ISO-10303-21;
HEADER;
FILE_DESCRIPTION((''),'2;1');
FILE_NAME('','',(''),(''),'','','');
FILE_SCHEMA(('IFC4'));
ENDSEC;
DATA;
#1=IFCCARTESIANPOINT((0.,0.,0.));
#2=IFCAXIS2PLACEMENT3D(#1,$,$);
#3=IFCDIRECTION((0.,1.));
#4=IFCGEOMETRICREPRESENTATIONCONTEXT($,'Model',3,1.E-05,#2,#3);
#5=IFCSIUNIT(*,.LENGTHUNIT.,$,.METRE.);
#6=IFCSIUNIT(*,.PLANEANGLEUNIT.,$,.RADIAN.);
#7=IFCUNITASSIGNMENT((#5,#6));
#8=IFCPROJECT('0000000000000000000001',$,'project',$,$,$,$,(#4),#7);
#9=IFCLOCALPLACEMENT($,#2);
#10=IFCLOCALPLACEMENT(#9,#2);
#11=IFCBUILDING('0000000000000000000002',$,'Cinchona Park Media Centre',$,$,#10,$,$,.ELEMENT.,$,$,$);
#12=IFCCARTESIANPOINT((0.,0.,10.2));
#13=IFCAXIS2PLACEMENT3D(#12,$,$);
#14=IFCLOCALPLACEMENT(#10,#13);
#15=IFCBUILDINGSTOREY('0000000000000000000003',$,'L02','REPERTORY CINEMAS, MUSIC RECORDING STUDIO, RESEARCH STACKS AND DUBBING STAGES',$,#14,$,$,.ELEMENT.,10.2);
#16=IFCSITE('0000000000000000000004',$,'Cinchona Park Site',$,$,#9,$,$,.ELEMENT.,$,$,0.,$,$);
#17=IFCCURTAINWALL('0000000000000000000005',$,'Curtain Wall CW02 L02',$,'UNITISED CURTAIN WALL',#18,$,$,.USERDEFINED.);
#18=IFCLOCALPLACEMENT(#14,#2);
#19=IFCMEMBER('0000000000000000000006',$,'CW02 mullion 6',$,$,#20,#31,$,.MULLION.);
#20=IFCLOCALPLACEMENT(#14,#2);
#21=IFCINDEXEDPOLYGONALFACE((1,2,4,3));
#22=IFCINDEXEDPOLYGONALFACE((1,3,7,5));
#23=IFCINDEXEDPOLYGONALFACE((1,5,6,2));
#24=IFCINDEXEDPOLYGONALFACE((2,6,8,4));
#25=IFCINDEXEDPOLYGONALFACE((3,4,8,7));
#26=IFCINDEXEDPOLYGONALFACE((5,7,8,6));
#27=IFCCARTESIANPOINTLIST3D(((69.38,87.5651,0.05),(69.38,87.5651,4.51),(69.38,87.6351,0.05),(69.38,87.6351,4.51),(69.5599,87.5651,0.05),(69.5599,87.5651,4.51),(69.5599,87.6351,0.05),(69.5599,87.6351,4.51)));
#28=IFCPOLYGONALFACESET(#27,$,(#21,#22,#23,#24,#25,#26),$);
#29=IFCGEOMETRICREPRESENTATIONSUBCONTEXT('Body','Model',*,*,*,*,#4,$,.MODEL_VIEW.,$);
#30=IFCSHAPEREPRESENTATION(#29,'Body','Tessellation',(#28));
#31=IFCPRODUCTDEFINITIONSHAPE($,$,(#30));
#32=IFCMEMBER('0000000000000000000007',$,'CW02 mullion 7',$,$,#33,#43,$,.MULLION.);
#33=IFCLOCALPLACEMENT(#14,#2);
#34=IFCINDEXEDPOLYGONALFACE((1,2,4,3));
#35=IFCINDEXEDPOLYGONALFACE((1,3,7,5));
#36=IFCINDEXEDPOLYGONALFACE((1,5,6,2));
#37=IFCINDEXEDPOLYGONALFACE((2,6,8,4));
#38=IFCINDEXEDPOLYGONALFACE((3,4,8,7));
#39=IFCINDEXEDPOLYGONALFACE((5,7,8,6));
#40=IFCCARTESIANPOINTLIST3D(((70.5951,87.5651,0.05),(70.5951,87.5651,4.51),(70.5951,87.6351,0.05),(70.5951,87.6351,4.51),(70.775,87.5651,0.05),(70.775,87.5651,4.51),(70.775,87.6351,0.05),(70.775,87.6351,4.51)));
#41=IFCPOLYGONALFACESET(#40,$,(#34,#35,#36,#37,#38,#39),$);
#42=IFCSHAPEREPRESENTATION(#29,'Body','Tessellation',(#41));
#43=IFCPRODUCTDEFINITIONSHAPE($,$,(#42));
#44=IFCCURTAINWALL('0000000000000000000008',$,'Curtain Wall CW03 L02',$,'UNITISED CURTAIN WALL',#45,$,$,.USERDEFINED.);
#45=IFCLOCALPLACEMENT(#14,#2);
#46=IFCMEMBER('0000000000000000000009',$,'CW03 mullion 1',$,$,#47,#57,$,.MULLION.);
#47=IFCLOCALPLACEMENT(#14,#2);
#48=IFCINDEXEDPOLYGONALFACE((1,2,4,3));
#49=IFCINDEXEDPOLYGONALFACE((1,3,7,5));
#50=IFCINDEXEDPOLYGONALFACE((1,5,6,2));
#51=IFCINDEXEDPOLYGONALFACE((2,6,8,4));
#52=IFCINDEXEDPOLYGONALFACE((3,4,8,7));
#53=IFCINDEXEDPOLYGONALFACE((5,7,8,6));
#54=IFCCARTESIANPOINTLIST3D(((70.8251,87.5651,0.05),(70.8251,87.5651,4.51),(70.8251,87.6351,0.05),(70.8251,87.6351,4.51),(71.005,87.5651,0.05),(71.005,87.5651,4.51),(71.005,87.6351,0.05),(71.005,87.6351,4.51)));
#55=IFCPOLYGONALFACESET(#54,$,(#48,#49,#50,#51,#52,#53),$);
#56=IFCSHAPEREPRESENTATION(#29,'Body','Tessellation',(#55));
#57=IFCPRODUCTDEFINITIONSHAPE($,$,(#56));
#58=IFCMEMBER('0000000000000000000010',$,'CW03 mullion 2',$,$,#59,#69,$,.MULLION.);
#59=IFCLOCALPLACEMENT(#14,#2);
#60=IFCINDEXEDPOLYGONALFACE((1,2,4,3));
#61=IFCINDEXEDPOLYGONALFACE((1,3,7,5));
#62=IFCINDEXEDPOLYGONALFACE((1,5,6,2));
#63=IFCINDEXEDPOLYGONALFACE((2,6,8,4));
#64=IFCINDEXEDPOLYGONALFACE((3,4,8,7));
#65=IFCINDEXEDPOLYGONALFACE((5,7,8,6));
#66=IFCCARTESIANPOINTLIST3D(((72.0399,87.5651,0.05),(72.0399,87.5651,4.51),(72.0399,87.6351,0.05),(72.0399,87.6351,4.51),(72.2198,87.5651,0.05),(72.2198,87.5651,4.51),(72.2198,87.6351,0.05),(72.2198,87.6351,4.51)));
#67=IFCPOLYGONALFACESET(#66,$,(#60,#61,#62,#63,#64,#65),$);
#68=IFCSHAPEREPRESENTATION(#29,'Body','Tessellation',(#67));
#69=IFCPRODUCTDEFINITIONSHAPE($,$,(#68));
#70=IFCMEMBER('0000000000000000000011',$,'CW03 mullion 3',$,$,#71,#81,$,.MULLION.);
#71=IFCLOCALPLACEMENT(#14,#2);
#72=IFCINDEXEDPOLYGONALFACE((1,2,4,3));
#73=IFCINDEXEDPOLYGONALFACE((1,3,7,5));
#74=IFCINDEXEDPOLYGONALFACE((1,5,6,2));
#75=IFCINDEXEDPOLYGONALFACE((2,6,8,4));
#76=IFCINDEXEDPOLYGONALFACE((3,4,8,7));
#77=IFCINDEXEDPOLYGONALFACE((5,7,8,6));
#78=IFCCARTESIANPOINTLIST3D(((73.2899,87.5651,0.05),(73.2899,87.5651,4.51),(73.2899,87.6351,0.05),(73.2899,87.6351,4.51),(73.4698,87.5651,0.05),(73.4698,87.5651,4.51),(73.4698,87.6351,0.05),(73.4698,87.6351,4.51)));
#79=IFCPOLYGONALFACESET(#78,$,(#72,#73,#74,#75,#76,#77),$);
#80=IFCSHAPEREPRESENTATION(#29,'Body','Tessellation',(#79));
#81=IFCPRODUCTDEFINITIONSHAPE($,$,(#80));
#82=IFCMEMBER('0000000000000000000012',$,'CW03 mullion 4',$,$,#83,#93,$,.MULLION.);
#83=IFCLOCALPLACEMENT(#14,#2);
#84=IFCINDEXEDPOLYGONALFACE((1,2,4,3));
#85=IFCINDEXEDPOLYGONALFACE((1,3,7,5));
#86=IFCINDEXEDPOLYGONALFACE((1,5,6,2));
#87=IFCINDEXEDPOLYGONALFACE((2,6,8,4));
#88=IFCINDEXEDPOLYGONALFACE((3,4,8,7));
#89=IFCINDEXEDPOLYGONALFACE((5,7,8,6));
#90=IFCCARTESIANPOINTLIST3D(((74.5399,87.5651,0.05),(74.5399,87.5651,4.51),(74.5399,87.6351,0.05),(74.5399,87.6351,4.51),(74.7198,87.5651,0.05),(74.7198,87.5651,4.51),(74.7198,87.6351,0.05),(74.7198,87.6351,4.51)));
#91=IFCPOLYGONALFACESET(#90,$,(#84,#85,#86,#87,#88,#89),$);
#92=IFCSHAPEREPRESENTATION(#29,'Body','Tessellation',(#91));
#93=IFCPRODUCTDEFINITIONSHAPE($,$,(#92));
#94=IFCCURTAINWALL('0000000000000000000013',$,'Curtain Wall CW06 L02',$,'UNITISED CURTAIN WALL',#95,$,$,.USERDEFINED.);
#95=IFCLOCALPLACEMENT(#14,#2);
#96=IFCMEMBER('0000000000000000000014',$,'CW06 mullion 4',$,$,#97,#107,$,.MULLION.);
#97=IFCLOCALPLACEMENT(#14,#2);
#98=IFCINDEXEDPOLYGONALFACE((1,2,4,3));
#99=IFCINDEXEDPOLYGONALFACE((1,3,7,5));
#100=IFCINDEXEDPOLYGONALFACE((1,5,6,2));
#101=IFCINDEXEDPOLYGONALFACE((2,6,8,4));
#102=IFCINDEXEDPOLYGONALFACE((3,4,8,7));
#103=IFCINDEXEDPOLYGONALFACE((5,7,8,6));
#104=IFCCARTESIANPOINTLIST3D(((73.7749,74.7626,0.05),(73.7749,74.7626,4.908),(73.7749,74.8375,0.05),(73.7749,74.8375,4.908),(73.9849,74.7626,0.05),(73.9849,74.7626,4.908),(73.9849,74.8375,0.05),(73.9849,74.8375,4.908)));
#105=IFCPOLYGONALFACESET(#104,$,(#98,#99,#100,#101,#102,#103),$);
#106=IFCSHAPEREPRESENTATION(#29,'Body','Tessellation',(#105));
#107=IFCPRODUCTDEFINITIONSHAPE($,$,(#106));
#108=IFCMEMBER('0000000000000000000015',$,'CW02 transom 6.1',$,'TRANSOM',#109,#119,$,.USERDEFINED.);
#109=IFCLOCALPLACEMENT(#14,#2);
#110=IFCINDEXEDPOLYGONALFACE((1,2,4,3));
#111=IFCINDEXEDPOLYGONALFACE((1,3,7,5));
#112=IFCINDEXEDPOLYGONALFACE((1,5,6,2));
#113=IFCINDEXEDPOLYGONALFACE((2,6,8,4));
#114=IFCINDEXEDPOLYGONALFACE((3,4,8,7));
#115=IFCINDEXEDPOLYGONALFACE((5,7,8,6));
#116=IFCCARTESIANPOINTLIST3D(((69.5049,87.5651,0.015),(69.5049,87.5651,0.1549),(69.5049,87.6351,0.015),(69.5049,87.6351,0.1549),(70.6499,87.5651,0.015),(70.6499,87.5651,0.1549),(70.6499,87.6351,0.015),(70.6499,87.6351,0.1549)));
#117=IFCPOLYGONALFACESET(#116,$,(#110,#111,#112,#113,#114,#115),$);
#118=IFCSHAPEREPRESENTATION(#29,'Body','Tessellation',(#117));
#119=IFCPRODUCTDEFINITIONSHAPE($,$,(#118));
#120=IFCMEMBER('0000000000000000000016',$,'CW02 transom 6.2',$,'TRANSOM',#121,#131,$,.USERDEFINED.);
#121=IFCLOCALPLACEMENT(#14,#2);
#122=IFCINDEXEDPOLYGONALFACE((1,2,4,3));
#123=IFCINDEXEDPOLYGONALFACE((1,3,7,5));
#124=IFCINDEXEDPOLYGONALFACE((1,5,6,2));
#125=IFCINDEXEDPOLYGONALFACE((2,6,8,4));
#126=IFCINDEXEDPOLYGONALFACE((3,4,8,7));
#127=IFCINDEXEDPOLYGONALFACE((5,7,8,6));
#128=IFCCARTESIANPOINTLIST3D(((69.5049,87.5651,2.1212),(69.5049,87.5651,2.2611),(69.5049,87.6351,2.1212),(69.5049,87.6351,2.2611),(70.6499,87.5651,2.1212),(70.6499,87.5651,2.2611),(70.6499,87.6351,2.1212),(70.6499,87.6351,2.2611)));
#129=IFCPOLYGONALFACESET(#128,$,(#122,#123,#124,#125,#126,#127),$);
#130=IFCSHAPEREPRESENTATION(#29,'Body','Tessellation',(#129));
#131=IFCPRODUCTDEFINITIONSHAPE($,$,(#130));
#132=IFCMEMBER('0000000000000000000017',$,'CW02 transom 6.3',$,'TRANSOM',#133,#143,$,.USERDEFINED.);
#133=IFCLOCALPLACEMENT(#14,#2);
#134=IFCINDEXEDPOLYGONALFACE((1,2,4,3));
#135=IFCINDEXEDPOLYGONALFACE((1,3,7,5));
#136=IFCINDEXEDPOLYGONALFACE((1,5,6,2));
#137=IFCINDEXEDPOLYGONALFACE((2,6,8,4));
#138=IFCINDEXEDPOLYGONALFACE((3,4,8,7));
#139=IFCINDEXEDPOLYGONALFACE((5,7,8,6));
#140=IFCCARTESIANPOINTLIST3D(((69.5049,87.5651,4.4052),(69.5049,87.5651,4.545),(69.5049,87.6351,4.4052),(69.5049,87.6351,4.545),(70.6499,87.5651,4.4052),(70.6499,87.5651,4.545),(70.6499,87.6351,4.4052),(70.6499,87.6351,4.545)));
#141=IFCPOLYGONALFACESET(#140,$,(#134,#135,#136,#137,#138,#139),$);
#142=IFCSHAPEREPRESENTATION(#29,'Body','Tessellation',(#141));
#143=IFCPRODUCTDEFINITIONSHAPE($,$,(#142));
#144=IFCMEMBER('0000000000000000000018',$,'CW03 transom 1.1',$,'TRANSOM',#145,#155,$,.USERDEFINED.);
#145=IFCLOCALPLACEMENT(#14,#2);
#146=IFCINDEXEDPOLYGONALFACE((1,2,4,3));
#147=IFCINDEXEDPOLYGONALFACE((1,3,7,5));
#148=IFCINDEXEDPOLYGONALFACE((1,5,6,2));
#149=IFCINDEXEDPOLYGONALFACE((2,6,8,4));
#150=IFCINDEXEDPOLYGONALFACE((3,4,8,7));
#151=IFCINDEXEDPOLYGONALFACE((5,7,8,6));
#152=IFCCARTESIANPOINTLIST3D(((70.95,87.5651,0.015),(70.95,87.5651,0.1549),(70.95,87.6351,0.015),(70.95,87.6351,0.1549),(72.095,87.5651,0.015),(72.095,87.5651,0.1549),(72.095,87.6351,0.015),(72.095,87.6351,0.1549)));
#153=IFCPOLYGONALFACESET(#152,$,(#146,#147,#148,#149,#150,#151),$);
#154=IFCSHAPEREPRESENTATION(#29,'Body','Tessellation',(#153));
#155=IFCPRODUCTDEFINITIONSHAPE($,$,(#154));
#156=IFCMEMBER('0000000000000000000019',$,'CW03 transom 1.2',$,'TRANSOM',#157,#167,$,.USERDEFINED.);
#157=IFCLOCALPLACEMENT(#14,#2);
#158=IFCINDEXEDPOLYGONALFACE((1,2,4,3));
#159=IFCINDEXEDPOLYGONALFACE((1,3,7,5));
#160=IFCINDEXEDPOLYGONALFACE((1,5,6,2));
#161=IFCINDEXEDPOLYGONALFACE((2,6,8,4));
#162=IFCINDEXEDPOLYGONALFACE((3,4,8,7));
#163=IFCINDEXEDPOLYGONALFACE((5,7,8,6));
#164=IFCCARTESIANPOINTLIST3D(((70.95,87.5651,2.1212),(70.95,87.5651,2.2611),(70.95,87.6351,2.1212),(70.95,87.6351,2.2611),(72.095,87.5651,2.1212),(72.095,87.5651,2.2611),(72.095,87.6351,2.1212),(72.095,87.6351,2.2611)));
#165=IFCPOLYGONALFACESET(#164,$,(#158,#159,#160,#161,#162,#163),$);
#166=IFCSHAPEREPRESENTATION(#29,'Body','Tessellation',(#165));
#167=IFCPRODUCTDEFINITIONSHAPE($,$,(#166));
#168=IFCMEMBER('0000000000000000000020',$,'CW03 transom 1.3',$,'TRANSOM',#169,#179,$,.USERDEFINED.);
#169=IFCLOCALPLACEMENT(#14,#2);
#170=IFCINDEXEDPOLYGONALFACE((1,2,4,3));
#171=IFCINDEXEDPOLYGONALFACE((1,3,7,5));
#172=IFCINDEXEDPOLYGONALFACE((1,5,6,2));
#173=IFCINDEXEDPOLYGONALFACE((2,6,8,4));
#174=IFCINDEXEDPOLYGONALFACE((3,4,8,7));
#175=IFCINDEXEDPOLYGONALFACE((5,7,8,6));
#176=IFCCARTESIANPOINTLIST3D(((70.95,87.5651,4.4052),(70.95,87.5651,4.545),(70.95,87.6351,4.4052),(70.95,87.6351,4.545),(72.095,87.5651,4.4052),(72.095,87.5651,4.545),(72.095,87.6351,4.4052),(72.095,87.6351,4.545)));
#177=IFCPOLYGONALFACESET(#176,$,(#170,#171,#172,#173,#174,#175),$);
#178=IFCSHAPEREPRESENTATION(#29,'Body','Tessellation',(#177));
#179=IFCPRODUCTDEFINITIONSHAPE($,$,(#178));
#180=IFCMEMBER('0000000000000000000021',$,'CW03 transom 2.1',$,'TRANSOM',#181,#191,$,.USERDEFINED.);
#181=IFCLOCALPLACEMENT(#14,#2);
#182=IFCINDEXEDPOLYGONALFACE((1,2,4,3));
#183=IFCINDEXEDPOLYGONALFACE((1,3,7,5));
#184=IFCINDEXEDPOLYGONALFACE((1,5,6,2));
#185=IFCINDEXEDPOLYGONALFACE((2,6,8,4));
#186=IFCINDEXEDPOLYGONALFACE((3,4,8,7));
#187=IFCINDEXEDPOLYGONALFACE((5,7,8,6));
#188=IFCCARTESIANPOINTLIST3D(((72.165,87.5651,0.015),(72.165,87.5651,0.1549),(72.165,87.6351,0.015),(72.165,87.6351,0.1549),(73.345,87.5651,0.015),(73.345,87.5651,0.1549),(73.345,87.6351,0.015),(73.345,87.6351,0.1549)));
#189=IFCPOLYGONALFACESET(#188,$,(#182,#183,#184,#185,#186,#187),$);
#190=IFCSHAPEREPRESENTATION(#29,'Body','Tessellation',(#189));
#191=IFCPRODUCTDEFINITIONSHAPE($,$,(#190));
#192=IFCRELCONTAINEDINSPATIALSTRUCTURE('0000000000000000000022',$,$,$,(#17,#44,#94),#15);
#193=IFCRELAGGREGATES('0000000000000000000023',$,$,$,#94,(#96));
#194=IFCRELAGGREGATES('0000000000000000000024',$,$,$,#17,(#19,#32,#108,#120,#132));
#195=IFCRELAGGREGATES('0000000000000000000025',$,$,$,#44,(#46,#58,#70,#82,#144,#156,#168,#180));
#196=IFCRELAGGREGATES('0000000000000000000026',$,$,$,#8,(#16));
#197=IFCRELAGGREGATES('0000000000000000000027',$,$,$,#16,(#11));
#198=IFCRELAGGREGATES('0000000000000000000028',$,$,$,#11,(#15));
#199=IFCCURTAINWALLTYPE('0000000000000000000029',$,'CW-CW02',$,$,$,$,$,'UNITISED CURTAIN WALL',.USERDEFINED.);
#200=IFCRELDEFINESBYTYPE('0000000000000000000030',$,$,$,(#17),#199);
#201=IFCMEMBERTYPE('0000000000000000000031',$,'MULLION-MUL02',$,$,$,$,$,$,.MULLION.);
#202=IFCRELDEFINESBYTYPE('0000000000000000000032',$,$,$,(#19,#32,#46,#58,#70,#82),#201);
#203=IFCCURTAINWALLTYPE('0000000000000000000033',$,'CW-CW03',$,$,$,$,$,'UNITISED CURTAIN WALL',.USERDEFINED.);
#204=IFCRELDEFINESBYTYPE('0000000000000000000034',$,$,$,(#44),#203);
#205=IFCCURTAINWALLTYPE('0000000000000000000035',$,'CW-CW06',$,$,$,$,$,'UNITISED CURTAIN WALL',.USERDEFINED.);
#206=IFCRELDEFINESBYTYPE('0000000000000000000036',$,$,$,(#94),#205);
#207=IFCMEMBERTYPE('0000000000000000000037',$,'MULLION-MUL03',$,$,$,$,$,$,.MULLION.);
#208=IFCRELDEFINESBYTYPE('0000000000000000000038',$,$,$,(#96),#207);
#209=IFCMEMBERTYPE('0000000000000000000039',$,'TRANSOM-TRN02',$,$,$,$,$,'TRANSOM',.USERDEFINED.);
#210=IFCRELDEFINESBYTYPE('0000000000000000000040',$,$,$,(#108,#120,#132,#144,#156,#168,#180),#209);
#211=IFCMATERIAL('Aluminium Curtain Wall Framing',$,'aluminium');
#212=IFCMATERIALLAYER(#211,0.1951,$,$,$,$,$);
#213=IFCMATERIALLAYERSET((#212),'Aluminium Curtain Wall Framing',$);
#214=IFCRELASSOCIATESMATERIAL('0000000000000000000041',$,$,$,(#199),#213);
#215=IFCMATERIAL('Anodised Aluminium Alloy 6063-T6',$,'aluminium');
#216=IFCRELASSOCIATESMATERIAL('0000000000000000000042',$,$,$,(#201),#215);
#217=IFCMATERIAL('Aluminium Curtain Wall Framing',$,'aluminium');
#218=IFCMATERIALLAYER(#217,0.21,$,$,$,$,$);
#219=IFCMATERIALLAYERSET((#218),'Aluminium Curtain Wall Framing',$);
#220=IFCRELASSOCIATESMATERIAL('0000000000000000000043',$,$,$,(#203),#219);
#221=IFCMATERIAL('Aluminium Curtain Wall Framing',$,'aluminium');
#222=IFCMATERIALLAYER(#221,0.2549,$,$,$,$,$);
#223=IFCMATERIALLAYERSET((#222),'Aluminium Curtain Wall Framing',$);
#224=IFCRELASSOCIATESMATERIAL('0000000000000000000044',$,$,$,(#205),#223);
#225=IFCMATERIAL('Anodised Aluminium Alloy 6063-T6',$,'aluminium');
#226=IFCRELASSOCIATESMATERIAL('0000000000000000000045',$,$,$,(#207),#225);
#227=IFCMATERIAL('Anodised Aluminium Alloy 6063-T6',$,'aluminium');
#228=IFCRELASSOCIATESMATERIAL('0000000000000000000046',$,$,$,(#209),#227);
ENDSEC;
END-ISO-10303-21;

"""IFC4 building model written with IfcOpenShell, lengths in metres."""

from ifc_helpers import new_model, si_unit, direction, frame, origin, origin_2d, place, context, subcontext, project, spatial, rectangle, extrude, material, layer, layer_set, material_profile, profile_set, type_object, element, aggregate, save


model = new_model("IFC4")

# Units and contexts
model_context = context("Model", 3, precision=1e-05, world=origin(), true_north=direction((0.0, 1.0)))
body_context = subcontext(model_context, "Body", "Model", "MODEL_VIEW")
ifc_project = project(units=[si_unit("LENGTHUNIT", "METRE"), si_unit("PLANEANGLEUNIT", "RADIAN")], contexts=[model_context])

# Site, building, storey
site_placement = place(None, origin())
site = spatial("IfcSite", under=ifc_project, at=site_placement, Name="Cinchona Park Site", CompositionType="ELEMENT", RefElevation=0.0)
building_placement = place(site_placement, origin())
building = spatial("IfcBuilding", under=site, at=building_placement, Name="Cinchona Park Media Centre", CompositionType="ELEMENT")
storey_placement = place(building_placement, frame((0.0, 0.0, 10.2)))
storey = spatial("IfcBuildingStorey", under=building, at=storey_placement, Name="L02", Description="REPERTORY CINEMAS, MUSIC RECORDING STUDIO, RESEARCH STACKS AND DUBBING STAGES", CompositionType="ELEMENT", Elevation=10.2)

# Curtain walls, members
ifc_material_1 = material(Name="Aluminium Curtain Wall Framing", Category="aluminium")
ifc_layer_1 = layer(ifc_material_1, 0.1951)
ifc_layer_set_1 = layer_set([ifc_layer_1], Name="Aluminium Curtain Wall Framing")
curtain_wall_type_1 = type_object("IfcCurtainWallType", Name="CW-CW02", ElementType="UNITISED CURTAIN WALL", PredefinedType="USERDEFINED", material=ifc_layer_set_1)
curtain_wall_1_placement = place(storey_placement, origin())
curtain_wall_1 = element("IfcCurtainWall", 1, at=curtain_wall_1_placement, inside=storey, type_object=curtain_wall_type_1, Name="Curtain Wall CW02 L02", ObjectType="UNITISED CURTAIN WALL", PredefinedType="USERDEFINED")
ifc_material_2 = material(Name="Anodised Aluminium Alloy 6063-T6", Category="aluminium")
ifc_material_profile_1 = material_profile(ifc_material_2, rectangle(XDim=0.0701, YDim=0.1799, at=origin_2d()), Name="MUL-70X180")
ifc_profile_set_1 = profile_set([ifc_material_profile_1], Name="Anodised Aluminium Alloy 6063-T6")
member_type_1 = type_object("IfcMemberType", Name="MULLION-MUL02", PredefinedType="MULLION", material=ifc_profile_set_1)
member_1_placement = place(storey_placement, frame((69.47, 87.6001, 0.05), z_axis=(0.0, 0.0, 1.0), x_axis=(0.0, 1.0, 0.0)))
member_1 = element("IfcMember", 2, at=member_1_placement, type_object=member_type_1, Name="CW02 mullion 6", PredefinedType="MULLION", context=body_context, shape_type="SweptSolid", body=[
    extrude(rectangle(XDim=0.0701, YDim=0.1799, at=origin_2d()), origin(), (0.0, 0.0, 1.0), 4.46),
])
member_2_placement = place(storey_placement, frame((70.6851, 87.6001, 0.05), z_axis=(0.0, 0.0, 1.0), x_axis=(0.0, 1.0, 0.0)))
member_2 = element("IfcMember", 3, at=member_2_placement, type_object=member_type_1, Name="CW02 mullion 7", PredefinedType="MULLION", context=body_context, shape_type="SweptSolid", body=[
    extrude(rectangle(XDim=0.0701, YDim=0.1799, at=origin_2d()), origin(), (0.0, 0.0, 1.0), 4.46),
])
ifc_material_3 = material(Name="Aluminium Curtain Wall Framing", Category="aluminium")
ifc_layer_2 = layer(ifc_material_3, 0.21)
ifc_layer_set_2 = layer_set([ifc_layer_2], Name="Aluminium Curtain Wall Framing")
curtain_wall_type_2 = type_object("IfcCurtainWallType", Name="CW-CW03", ElementType="UNITISED CURTAIN WALL", PredefinedType="USERDEFINED", material=ifc_layer_set_2)
curtain_wall_2_placement = place(storey_placement, origin())
curtain_wall_2 = element("IfcCurtainWall", 4, at=curtain_wall_2_placement, inside=storey, type_object=curtain_wall_type_2, Name="Curtain Wall CW03 L02", ObjectType="UNITISED CURTAIN WALL", PredefinedType="USERDEFINED")
member_3_placement = place(storey_placement, frame((70.915, 87.6001, 0.05), z_axis=(0.0, 0.0, 1.0), x_axis=(0.0, 1.0, 0.0)))
member_3 = element("IfcMember", 5, at=member_3_placement, type_object=member_type_1, Name="CW03 mullion 1", PredefinedType="MULLION", context=body_context, shape_type="SweptSolid", body=[
    extrude(rectangle(XDim=0.0701, YDim=0.1799, at=origin_2d()), origin(), (0.0, 0.0, 1.0), 4.46),
])
member_4_placement = place(storey_placement, frame((72.1299, 87.6001, 0.05), z_axis=(0.0, 0.0, 1.0), x_axis=(0.0, 1.0, 0.0)))
member_4 = element("IfcMember", 6, at=member_4_placement, type_object=member_type_1, Name="CW03 mullion 2", PredefinedType="MULLION", context=body_context, shape_type="SweptSolid", body=[
    extrude(rectangle(XDim=0.0701, YDim=0.1799, at=origin_2d()), origin(), (0.0, 0.0, 1.0), 4.46),
])
member_5_placement = place(storey_placement, frame((73.3799, 87.6001, 0.05), z_axis=(0.0, 0.0, 1.0), x_axis=(0.0, 1.0, 0.0)))
member_5 = element("IfcMember", 7, at=member_5_placement, type_object=member_type_1, Name="CW03 mullion 3", PredefinedType="MULLION", context=body_context, shape_type="SweptSolid", body=[
    extrude(rectangle(XDim=0.0701, YDim=0.1799, at=origin_2d()), origin(), (0.0, 0.0, 1.0), 4.46),
])
member_6_placement = place(storey_placement, frame((74.6299, 87.6001, 0.05), z_axis=(0.0, 0.0, 1.0), x_axis=(0.0, 1.0, 0.0)))
member_6 = element("IfcMember", 8, at=member_6_placement, type_object=member_type_1, Name="CW03 mullion 4", PredefinedType="MULLION", context=body_context, shape_type="SweptSolid", body=[
    extrude(rectangle(XDim=0.0701, YDim=0.1799, at=origin_2d()), origin(), (0.0, 0.0, 1.0), 4.46),
])

# Curtain wall, member
ifc_material_4 = material(Name="Aluminium Curtain Wall Framing", Category="aluminium")
ifc_layer_3 = layer(ifc_material_4, 0.2549)
ifc_layer_set_3 = layer_set([ifc_layer_3], Name="Aluminium Curtain Wall Framing")
curtain_wall_type_3 = type_object("IfcCurtainWallType", Name="CW-CW06", ElementType="UNITISED CURTAIN WALL", PredefinedType="USERDEFINED", material=ifc_layer_set_3)
curtain_wall_3_placement = place(storey_placement, origin())
curtain_wall_3 = element("IfcCurtainWall", 9, at=curtain_wall_3_placement, inside=storey, type_object=curtain_wall_type_3, Name="Curtain Wall CW06 L02", ObjectType="UNITISED CURTAIN WALL", PredefinedType="USERDEFINED")
ifc_material_5 = material(Name="Anodised Aluminium Alloy 6063-T6", Category="aluminium")
ifc_material_profile_2 = material_profile(ifc_material_5, rectangle(XDim=0.075, YDim=0.21, at=origin_2d()), Name="MUL-75X210")
ifc_profile_set_2 = profile_set([ifc_material_profile_2], Name="Anodised Aluminium Alloy 6063-T6")
member_type_2 = type_object("IfcMemberType", Name="MULLION-MUL03", PredefinedType="MULLION", material=ifc_profile_set_2)
member_7_placement = place(storey_placement, frame((73.8799, 74.8, 0.05), z_axis=(0.0, 0.0, 1.0), x_axis=(0.0, -1.0, 0.0)))
member_7 = element("IfcMember", 10, at=member_7_placement, type_object=member_type_2, Name="CW06 mullion 4", PredefinedType="MULLION", context=body_context, shape_type="SweptSolid", body=[
    extrude(rectangle(XDim=0.075, YDim=0.21, at=origin_2d()), origin(), (0.0, 0.0, 1.0), 4.8579),
])

# Members
ifc_material_6 = material(Name="Anodised Aluminium Alloy 6063-T6", Category="aluminium")
ifc_material_profile_3 = material_profile(ifc_material_6, rectangle(XDim=0.0701, YDim=0.1399, at=origin_2d()), Name="TRN-70X140")
ifc_profile_set_3 = profile_set([ifc_material_profile_3], Name="Anodised Aluminium Alloy 6063-T6")
member_type_3 = type_object("IfcMemberType", Name="TRANSOM-TRN02", ElementType="TRANSOM", PredefinedType="USERDEFINED", material=ifc_profile_set_3)
member_8_placement = place(storey_placement, frame((69.5049, 87.6001, 0.085), z_axis=(1.0, 0.0, 0.0), x_axis=(0.0, 1.0, 0.0)))
member_8 = element("IfcMember", 11, at=member_8_placement, type_object=member_type_3, Name="CW02 transom 6.1", ObjectType="TRANSOM", PredefinedType="USERDEFINED", context=body_context, shape_type="SweptSolid", body=[
    extrude(rectangle(XDim=0.0701, YDim=0.1399, at=origin_2d()), origin(), (0.0, 0.0, 1.0), 1.145),
])
member_9_placement = place(storey_placement, frame((69.5049, 87.6001, 2.1912), z_axis=(1.0, 0.0, 0.0), x_axis=(0.0, 1.0, 0.0)))
member_9 = element("IfcMember", 12, at=member_9_placement, type_object=member_type_3, Name="CW02 transom 6.2", ObjectType="TRANSOM", PredefinedType="USERDEFINED", context=body_context, shape_type="SweptSolid", body=[
    extrude(rectangle(XDim=0.0701, YDim=0.1399, at=origin_2d()), origin(), (0.0, 0.0, 1.0), 1.145),
])
member_10_placement = place(storey_placement, frame((69.5049, 87.6001, 4.4751), z_axis=(1.0, 0.0, 0.0), x_axis=(0.0, 1.0, 0.0)))
member_10 = element("IfcMember", 13, at=member_10_placement, type_object=member_type_3, Name="CW02 transom 6.3", ObjectType="TRANSOM", PredefinedType="USERDEFINED", context=body_context, shape_type="SweptSolid", body=[
    extrude(rectangle(XDim=0.0701, YDim=0.1399, at=origin_2d()), origin(), (0.0, 0.0, 1.0), 1.145),
])
member_11_placement = place(storey_placement, frame((70.95, 87.6001, 0.085), z_axis=(1.0, 0.0, 0.0), x_axis=(0.0, 1.0, 0.0)))
member_11 = element("IfcMember", 14, at=member_11_placement, type_object=member_type_3, Name="CW03 transom 1.1", ObjectType="TRANSOM", PredefinedType="USERDEFINED", context=body_context, shape_type="SweptSolid", body=[
    extrude(rectangle(XDim=0.0701, YDim=0.1399, at=origin_2d()), origin(), (0.0, 0.0, 1.0), 1.145),
])
member_12_placement = place(storey_placement, frame((70.95, 87.6001, 2.1912), z_axis=(1.0, 0.0, 0.0), x_axis=(0.0, 1.0, 0.0)))
member_12 = element("IfcMember", 15, at=member_12_placement, type_object=member_type_3, Name="CW03 transom 1.2", ObjectType="TRANSOM", PredefinedType="USERDEFINED", context=body_context, shape_type="SweptSolid", body=[
    extrude(rectangle(XDim=0.0701, YDim=0.1399, at=origin_2d()), origin(), (0.0, 0.0, 1.0), 1.145),
])
member_13_placement = place(storey_placement, frame((70.95, 87.6001, 4.4751), z_axis=(1.0, 0.0, 0.0), x_axis=(0.0, 1.0, 0.0)))
member_13 = element("IfcMember", 16, at=member_13_placement, type_object=member_type_3, Name="CW03 transom 1.3", ObjectType="TRANSOM", PredefinedType="USERDEFINED", context=body_context, shape_type="SweptSolid", body=[
    extrude(rectangle(XDim=0.0701, YDim=0.1399, at=origin_2d()), origin(), (0.0, 0.0, 1.0), 1.145),
])
member_14_placement = place(storey_placement, frame((72.165, 87.6001, 0.085), z_axis=(1.0, 0.0, 0.0), x_axis=(0.0, 1.0, 0.0)))
member_14 = element("IfcMember", 17, at=member_14_placement, type_object=member_type_3, Name="CW03 transom 2.1", ObjectType="TRANSOM", PredefinedType="USERDEFINED", context=body_context, shape_type="SweptSolid", body=[
    extrude(rectangle(XDim=0.0701, YDim=0.1399, at=origin_2d()), origin(), (0.0, 0.0, 1.0), 1.1799),
])

aggregate(curtain_wall_3, [member_7])
aggregate(curtain_wall_1, [member_1, member_2, member_8, member_9, member_10])
aggregate(curtain_wall_2, [member_3, member_4, member_5, member_6, member_11, member_12, member_13, member_14])

save(model, "model.ifc")
